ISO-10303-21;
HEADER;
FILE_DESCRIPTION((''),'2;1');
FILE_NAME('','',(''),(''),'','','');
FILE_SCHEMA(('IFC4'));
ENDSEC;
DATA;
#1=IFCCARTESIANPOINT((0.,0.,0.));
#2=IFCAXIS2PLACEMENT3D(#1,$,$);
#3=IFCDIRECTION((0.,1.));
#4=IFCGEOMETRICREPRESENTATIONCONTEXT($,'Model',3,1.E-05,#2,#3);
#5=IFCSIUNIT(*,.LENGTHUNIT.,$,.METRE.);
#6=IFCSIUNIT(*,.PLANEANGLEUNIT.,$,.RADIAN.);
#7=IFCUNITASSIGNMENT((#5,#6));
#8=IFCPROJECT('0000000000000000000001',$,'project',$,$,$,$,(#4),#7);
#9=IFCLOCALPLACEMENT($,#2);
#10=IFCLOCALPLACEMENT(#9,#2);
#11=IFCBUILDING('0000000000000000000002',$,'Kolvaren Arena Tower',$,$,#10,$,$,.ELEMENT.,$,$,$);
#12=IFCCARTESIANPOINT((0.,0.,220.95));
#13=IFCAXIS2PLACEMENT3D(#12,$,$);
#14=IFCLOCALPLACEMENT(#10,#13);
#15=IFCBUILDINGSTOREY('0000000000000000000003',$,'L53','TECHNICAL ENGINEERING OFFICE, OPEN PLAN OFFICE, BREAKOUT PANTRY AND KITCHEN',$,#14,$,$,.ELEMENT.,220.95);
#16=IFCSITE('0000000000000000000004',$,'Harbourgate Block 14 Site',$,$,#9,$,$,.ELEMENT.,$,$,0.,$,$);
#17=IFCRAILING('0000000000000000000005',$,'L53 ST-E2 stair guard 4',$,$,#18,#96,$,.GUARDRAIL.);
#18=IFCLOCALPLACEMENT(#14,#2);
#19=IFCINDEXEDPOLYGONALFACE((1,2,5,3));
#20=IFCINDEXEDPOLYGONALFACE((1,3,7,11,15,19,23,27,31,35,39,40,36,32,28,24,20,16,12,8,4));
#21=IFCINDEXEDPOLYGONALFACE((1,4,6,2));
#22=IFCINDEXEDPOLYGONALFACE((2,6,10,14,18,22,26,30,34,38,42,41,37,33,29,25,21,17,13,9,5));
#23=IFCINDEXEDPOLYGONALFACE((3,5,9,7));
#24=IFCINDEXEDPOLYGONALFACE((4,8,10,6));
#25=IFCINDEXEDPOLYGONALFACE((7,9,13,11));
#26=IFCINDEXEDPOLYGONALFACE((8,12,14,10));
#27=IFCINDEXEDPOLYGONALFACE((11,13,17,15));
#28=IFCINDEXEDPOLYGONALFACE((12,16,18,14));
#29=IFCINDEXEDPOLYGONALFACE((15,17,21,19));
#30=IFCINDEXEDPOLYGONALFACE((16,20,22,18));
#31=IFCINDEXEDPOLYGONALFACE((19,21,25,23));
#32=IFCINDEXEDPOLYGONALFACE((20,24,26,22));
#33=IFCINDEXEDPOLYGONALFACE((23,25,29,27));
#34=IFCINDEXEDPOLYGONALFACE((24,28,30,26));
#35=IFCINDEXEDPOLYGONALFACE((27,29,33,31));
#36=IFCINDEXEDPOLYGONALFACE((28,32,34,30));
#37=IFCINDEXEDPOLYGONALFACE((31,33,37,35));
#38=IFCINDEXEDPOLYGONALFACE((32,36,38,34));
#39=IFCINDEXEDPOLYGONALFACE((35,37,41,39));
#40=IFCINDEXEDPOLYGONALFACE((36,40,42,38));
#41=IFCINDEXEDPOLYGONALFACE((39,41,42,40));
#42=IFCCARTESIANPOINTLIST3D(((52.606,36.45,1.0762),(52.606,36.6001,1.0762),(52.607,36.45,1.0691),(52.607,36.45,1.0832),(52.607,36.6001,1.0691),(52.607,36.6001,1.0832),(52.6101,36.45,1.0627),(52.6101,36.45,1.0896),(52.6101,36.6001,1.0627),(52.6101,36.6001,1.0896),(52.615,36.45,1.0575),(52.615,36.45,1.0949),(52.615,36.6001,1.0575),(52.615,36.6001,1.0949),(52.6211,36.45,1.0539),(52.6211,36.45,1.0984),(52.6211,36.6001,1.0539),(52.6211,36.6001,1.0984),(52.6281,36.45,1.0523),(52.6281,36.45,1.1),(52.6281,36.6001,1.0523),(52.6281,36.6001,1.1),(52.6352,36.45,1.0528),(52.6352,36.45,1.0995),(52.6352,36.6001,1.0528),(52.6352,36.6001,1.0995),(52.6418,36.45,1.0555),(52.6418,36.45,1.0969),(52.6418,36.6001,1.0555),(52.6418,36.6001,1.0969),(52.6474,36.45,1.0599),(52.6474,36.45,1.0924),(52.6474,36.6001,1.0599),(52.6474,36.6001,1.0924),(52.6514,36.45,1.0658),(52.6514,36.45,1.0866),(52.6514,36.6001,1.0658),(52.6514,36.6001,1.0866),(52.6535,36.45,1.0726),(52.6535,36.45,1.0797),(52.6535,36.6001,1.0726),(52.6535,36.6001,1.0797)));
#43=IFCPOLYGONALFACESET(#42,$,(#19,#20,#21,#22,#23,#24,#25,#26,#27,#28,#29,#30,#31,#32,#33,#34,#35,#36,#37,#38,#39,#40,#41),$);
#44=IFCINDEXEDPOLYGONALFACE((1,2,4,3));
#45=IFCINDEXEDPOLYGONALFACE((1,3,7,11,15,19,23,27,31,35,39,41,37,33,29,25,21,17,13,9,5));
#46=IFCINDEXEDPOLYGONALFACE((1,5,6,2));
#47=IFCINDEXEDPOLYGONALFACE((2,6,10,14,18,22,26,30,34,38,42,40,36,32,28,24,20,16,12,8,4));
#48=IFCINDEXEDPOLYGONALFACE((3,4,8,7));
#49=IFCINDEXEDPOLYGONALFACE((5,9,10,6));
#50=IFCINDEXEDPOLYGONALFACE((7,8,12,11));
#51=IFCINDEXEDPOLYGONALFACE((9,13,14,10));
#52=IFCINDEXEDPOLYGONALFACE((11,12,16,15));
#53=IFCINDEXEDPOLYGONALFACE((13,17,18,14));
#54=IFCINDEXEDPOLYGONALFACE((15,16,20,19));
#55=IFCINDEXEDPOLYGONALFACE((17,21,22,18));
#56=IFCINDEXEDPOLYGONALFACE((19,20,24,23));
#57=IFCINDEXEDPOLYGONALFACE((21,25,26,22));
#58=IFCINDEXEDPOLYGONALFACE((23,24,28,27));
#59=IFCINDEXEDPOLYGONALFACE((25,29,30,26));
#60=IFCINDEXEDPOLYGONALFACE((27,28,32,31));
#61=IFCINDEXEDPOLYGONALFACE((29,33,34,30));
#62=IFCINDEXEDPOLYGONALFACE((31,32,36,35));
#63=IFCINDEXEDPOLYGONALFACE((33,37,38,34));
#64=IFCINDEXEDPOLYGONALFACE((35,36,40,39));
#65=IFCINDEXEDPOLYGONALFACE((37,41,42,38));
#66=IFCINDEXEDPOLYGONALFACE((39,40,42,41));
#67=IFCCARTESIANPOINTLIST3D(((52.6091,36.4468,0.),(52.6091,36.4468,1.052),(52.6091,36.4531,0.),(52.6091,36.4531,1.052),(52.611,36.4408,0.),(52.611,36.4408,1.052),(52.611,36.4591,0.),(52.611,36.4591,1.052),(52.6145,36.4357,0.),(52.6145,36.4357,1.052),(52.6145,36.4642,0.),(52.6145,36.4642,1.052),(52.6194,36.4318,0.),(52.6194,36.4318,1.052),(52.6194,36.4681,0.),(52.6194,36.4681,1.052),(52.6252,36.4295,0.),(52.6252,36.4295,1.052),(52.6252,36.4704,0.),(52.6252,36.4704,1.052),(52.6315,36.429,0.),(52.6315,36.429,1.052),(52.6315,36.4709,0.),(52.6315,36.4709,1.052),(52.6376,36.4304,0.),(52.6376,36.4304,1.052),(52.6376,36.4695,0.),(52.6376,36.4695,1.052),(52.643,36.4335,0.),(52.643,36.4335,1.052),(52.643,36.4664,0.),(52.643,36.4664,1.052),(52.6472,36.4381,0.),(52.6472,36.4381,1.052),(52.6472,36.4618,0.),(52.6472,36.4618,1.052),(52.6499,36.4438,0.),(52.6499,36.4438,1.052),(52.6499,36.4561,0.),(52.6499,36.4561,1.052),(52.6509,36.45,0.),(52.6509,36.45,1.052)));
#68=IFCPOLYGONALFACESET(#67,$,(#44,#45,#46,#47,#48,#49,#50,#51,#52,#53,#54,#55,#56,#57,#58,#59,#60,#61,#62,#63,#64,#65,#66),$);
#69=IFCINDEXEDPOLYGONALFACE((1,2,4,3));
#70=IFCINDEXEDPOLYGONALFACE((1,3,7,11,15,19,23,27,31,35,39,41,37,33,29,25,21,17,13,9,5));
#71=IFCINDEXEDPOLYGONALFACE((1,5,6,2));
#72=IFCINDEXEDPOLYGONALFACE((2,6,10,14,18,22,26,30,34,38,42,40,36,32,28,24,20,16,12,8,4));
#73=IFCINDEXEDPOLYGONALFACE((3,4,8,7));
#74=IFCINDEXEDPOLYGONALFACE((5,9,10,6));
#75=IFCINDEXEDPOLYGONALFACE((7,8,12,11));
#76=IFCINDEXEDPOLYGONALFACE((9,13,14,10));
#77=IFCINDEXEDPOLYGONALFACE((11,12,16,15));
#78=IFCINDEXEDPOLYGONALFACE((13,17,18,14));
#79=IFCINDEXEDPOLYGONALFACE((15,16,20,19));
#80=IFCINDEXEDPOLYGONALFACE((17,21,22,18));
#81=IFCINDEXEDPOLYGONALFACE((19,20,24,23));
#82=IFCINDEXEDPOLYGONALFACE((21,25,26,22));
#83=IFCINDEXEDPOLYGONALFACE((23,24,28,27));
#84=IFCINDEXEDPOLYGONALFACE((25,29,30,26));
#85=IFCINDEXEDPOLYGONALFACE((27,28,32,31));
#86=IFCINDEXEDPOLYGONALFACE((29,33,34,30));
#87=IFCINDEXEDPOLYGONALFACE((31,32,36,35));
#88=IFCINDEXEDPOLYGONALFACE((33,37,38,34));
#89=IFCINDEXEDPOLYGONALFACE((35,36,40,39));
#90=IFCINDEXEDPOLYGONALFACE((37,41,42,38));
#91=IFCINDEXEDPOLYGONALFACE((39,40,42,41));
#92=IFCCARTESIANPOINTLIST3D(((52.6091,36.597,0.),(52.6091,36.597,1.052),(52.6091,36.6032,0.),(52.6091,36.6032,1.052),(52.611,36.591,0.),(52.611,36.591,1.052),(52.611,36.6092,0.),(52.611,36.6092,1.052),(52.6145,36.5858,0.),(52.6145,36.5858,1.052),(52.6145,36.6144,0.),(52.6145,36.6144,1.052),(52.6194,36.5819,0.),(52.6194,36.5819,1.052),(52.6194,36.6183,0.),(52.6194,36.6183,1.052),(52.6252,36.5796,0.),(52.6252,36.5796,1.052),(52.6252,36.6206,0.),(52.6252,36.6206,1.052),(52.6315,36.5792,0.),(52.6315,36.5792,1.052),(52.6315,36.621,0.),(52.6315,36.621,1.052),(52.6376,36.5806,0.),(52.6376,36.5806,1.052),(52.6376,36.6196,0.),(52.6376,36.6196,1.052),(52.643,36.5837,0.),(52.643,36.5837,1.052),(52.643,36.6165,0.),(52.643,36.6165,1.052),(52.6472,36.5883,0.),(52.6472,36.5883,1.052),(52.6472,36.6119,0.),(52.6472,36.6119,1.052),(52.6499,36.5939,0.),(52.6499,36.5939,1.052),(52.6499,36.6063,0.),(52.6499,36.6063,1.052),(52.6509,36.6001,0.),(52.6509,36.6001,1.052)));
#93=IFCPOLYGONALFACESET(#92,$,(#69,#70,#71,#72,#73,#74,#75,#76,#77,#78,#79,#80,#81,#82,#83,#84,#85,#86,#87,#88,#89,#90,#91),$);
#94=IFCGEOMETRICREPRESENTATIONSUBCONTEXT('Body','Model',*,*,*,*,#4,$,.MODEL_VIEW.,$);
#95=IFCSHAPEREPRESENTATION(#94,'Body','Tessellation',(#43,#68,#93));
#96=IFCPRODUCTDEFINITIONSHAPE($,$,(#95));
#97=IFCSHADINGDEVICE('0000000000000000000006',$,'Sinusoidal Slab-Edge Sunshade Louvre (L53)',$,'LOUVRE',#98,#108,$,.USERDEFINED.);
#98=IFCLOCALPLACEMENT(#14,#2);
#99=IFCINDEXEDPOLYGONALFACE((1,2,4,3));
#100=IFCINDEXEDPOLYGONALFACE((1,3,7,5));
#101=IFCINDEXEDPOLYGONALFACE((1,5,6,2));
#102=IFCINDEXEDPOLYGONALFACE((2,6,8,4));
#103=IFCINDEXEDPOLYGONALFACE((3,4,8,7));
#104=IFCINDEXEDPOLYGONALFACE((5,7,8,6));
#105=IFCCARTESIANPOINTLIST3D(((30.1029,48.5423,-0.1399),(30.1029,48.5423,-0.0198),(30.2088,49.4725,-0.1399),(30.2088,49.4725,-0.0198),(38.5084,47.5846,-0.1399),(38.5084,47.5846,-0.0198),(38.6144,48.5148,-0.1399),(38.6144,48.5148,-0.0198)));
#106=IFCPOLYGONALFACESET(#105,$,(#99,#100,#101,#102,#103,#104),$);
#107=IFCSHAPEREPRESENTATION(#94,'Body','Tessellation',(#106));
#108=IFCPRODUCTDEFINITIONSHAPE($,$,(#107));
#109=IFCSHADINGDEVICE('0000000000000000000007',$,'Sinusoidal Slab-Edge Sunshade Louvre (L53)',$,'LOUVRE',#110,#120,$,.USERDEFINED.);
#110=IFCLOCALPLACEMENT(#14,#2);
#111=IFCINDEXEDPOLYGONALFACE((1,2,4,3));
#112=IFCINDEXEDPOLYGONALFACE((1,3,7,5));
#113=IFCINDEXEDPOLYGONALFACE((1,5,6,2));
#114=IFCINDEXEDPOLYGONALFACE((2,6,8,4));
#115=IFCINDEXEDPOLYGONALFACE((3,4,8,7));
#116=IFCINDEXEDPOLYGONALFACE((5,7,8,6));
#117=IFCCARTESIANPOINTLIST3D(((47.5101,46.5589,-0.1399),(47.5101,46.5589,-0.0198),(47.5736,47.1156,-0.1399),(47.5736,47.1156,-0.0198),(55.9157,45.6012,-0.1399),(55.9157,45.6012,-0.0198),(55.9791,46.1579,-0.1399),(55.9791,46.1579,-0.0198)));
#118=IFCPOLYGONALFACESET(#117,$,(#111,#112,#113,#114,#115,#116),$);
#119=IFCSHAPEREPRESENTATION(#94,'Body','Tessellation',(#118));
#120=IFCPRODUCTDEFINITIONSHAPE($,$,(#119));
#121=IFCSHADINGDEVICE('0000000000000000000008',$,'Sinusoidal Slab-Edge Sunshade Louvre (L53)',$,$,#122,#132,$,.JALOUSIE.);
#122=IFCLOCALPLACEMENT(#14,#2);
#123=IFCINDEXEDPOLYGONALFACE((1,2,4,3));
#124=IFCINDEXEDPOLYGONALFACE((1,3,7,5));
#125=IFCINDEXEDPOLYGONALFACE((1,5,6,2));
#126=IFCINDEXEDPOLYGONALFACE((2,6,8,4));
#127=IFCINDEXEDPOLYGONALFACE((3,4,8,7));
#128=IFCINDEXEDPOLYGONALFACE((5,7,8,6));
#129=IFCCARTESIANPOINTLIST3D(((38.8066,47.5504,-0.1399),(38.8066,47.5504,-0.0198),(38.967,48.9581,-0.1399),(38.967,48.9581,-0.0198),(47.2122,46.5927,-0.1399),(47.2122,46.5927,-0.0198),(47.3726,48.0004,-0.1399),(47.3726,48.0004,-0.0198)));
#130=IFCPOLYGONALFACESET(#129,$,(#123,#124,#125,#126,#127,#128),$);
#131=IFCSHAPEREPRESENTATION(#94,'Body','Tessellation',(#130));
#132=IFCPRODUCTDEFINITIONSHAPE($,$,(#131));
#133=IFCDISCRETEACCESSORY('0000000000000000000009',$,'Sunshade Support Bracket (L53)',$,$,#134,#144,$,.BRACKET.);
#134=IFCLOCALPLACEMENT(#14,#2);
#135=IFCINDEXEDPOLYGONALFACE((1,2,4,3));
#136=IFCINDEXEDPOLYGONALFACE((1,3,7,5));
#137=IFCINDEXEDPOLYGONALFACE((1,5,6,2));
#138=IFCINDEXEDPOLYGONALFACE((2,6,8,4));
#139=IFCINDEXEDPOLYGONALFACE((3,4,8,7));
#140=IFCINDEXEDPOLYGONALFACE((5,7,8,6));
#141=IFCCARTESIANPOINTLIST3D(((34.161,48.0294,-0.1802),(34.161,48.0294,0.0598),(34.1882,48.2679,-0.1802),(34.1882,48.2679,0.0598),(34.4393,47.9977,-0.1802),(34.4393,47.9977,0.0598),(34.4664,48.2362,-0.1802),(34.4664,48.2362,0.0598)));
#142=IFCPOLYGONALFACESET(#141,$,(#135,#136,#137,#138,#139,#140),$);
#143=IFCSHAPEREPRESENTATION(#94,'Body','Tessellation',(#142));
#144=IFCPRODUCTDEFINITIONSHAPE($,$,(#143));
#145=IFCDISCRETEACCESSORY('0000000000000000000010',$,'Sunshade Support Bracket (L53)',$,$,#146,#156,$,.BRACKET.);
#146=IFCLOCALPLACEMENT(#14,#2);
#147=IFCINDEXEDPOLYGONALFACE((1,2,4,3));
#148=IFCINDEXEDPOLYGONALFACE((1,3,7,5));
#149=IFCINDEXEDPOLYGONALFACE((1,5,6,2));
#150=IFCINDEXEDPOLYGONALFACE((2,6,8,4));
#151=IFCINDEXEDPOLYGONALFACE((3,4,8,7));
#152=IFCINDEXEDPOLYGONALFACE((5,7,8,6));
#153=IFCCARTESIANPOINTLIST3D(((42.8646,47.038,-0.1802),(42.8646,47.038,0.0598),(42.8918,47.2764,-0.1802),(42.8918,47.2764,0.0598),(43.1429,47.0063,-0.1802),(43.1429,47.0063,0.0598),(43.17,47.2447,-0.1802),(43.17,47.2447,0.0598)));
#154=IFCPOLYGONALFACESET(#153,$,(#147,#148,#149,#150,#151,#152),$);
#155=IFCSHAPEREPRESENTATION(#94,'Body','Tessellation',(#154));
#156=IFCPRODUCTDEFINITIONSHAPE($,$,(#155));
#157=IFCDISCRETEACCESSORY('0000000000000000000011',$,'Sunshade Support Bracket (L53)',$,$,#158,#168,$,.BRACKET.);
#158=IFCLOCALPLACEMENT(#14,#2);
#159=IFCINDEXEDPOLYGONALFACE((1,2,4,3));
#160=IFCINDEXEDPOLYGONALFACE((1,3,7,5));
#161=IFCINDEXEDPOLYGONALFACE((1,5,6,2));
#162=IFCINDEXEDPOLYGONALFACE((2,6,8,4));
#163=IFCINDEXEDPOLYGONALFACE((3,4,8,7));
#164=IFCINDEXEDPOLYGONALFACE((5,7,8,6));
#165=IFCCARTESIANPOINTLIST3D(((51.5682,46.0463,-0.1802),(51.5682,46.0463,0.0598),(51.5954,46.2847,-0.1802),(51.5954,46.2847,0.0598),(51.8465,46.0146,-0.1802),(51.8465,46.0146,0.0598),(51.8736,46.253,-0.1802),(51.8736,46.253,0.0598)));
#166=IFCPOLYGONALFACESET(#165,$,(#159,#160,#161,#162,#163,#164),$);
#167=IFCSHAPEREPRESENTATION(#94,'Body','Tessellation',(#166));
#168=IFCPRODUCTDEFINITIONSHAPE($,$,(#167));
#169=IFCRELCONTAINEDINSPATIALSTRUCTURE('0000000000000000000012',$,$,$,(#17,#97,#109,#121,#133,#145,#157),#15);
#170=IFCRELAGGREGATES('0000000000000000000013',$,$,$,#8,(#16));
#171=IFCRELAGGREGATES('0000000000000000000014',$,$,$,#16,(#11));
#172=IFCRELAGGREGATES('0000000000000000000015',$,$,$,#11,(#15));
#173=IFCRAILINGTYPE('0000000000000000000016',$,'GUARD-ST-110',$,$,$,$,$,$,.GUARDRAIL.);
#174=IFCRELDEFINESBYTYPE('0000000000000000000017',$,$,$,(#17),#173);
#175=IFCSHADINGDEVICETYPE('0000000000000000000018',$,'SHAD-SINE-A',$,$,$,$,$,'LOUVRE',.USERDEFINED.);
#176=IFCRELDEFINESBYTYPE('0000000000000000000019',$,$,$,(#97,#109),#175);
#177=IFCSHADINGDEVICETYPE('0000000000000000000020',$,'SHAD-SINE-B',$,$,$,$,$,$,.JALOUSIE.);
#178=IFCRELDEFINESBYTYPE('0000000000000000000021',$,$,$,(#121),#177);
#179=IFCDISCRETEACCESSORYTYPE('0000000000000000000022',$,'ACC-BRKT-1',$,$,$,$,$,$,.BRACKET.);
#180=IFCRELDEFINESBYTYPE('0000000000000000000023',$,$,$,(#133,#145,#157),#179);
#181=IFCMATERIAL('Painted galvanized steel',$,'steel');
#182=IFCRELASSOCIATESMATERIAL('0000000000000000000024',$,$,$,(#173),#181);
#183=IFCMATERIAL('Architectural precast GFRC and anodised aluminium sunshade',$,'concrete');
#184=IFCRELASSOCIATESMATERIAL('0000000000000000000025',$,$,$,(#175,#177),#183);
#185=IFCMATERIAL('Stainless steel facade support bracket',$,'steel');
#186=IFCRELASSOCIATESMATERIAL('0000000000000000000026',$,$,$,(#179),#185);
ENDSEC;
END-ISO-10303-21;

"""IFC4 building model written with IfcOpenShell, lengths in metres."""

from ifc_helpers import new_model, si_unit, direction, frame, origin, origin_2d, place, context, subcontext, project, spatial, rectangle, circle, extrude, material, type_object, element, save


model = new_model("IFC4")

# Units and contexts
model_context = context("Model", 3, precision=1e-05, world=origin(), true_north=direction((0.0, 1.0)))
body_context = subcontext(model_context, "Body", "Model", "MODEL_VIEW")
ifc_project = project(units=[si_unit("LENGTHUNIT", "METRE"), si_unit("PLANEANGLEUNIT", "RADIAN")], contexts=[model_context])

# Site, building, storey
site_placement = place(None, origin())
site = spatial("IfcSite", under=ifc_project, at=site_placement, Name="Harbourgate Block 14 Site", CompositionType="ELEMENT", RefElevation=0.0)
building_placement = place(site_placement, origin())
building = spatial("IfcBuilding", under=site, at=building_placement, Name="Kolvaren Arena Tower", CompositionType="ELEMENT")
storey_placement = place(building_placement, frame((0.0, 0.0, 220.95)))
storey = spatial("IfcBuildingStorey", under=building, at=storey_placement, Name="L53", Description="TECHNICAL ENGINEERING OFFICE, OPEN PLAN OFFICE, BREAKOUT PANTRY AND KITCHEN", CompositionType="ELEMENT", Elevation=220.95)

# Railing
ifc_material_1 = material(Name="Painted galvanized steel", Category="steel")
railing_type = type_object("IfcRailingType", Name="GUARD-ST-110", PredefinedType="GUARDRAIL", material=ifc_material_1)
railing_1_placement = place(storey_placement, frame((52.6299, 36.45, 0.0)))
element("IfcRailing", 1, at=railing_1_placement, inside=storey, type_object=railing_type, Name="L53 ST-E2 stair guard 4", PredefinedType="GUARDRAIL", context=body_context, shape_type="SweptSolid", body=[
    extrude(circle(Radius=0.0239, at=origin_2d()), frame((0.0, 0.0, 1.0762), z_axis=(0.0, 1.0, 0.0), x_axis=(-1.0, 0.0, 0.0)), (0.0, 0.0, 1.0), 0.1501),
    extrude(circle(Radius=0.021, at=origin_2d()), origin(), (0.0, 0.0, 1.0), 1.052),
    extrude(circle(Radius=0.021, at=origin_2d()), frame((0.0, 0.1501, 0.0)), (0.0, 0.0, 1.0), 1.052),
])

# Shading devices
ifc_material_2 = material(Name="Architectural precast GFRC and anodised aluminium sunshade", Category="concrete")
shading_device_type_1 = type_object("IfcShadingDeviceType", Name="SHAD-SINE-A", ElementType="LOUVRE", PredefinedType="USERDEFINED", material=ifc_material_2)
shading_device_1_placement = place(storey_placement, frame((34.3586, 48.5286, -0.1399), z_axis=(0.0, 0.0, 1.0), x_axis=(0.993572, -0.113205, 0.0)))
element("IfcShadingDevice", 2, at=shading_device_1_placement, inside=storey, type_object=shading_device_type_1, Name="Sinusoidal Slab-Edge Sunshade Louvre (L53)", ObjectType="LOUVRE", PredefinedType="USERDEFINED", context=body_context, shape_type="SweptSolid", body=[
    extrude(rectangle(XDim=8.46, YDim=0.9363, at=origin_2d()), origin(), (0.0, 0.0, 1.0), 0.1201),
])
shading_device_2_placement = place(storey_placement, frame((51.7446, 46.3584, -0.1399), z_axis=(0.0, 0.0, 1.0), x_axis=(0.993572, -0.113205, 0.0)))
element("IfcShadingDevice", 3, at=shading_device_2_placement, inside=storey, type_object=shading_device_type_1, Name="Sinusoidal Slab-Edge Sunshade Louvre (L53)", ObjectType="LOUVRE", PredefinedType="USERDEFINED", context=body_context, shape_type="SweptSolid", body=[
    extrude(rectangle(XDim=8.46, YDim=0.5603, at=origin_2d()), origin(), (0.0, 0.0, 1.0), 0.1201),
])
shading_device_type_2 = type_object("IfcShadingDeviceType", Name="SHAD-SINE-B", PredefinedType="JALOUSIE", material=ifc_material_2)
shading_device_3_placement = place(storey_placement, frame((43.0896, 47.7754, -0.1399), z_axis=(0.0, 0.0, 1.0), x_axis=(0.993572, -0.113205, 0.0)))
element("IfcShadingDevice", 4, at=shading_device_3_placement, inside=storey, type_object=shading_device_type_2, Name="Sinusoidal Slab-Edge Sunshade Louvre (L53)", PredefinedType="JALOUSIE", context=body_context, shape_type="SweptSolid", body=[
    extrude(rectangle(XDim=8.46, YDim=1.4167, at=origin_2d()), origin(), (0.0, 0.0, 1.0), 0.1201),
])

# Discrete accessories
ifc_material_3 = material(Name="Stainless steel facade support bracket", Category="steel")
discrete_accessory_type = type_object("IfcDiscreteAccessoryType", Name="ACC-BRKT-1", PredefinedType="BRACKET", material=ifc_material_3)
for number, where, z_axis, x_axis, name in (
    (5, (34.3137, 48.1328, -0.1802), (0.0, 0.0, 1.0), (0.993572, -0.113205, 0.0), "Sunshade Support Bracket (L53)"),
    (6, (43.0173, 47.1414, -0.1802), (0.0, 0.0, 1.0), (0.993572, -0.113205, 0.0), "Sunshade Support Bracket (L53)"),
    (7, (51.7209, 46.1497, -0.1802), (0.0, 0.0, 1.0), (0.993572, -0.113205, 0.0), "Sunshade Support Bracket (L53)"),
):
    element("IfcDiscreteAccessory", number, at=place(storey_placement, frame(where, z_axis=z_axis, x_axis=x_axis)), inside=storey, type_object=discrete_accessory_type, Name=name, PredefinedType="BRACKET", context=body_context, shape_type="SweptSolid", body=[
        extrude(rectangle(XDim=0.28, YDim=0.24, at=origin_2d()), origin(), (0.0, 0.0, 1.0), 0.24),
    ])

save(model, "model.ifc")
